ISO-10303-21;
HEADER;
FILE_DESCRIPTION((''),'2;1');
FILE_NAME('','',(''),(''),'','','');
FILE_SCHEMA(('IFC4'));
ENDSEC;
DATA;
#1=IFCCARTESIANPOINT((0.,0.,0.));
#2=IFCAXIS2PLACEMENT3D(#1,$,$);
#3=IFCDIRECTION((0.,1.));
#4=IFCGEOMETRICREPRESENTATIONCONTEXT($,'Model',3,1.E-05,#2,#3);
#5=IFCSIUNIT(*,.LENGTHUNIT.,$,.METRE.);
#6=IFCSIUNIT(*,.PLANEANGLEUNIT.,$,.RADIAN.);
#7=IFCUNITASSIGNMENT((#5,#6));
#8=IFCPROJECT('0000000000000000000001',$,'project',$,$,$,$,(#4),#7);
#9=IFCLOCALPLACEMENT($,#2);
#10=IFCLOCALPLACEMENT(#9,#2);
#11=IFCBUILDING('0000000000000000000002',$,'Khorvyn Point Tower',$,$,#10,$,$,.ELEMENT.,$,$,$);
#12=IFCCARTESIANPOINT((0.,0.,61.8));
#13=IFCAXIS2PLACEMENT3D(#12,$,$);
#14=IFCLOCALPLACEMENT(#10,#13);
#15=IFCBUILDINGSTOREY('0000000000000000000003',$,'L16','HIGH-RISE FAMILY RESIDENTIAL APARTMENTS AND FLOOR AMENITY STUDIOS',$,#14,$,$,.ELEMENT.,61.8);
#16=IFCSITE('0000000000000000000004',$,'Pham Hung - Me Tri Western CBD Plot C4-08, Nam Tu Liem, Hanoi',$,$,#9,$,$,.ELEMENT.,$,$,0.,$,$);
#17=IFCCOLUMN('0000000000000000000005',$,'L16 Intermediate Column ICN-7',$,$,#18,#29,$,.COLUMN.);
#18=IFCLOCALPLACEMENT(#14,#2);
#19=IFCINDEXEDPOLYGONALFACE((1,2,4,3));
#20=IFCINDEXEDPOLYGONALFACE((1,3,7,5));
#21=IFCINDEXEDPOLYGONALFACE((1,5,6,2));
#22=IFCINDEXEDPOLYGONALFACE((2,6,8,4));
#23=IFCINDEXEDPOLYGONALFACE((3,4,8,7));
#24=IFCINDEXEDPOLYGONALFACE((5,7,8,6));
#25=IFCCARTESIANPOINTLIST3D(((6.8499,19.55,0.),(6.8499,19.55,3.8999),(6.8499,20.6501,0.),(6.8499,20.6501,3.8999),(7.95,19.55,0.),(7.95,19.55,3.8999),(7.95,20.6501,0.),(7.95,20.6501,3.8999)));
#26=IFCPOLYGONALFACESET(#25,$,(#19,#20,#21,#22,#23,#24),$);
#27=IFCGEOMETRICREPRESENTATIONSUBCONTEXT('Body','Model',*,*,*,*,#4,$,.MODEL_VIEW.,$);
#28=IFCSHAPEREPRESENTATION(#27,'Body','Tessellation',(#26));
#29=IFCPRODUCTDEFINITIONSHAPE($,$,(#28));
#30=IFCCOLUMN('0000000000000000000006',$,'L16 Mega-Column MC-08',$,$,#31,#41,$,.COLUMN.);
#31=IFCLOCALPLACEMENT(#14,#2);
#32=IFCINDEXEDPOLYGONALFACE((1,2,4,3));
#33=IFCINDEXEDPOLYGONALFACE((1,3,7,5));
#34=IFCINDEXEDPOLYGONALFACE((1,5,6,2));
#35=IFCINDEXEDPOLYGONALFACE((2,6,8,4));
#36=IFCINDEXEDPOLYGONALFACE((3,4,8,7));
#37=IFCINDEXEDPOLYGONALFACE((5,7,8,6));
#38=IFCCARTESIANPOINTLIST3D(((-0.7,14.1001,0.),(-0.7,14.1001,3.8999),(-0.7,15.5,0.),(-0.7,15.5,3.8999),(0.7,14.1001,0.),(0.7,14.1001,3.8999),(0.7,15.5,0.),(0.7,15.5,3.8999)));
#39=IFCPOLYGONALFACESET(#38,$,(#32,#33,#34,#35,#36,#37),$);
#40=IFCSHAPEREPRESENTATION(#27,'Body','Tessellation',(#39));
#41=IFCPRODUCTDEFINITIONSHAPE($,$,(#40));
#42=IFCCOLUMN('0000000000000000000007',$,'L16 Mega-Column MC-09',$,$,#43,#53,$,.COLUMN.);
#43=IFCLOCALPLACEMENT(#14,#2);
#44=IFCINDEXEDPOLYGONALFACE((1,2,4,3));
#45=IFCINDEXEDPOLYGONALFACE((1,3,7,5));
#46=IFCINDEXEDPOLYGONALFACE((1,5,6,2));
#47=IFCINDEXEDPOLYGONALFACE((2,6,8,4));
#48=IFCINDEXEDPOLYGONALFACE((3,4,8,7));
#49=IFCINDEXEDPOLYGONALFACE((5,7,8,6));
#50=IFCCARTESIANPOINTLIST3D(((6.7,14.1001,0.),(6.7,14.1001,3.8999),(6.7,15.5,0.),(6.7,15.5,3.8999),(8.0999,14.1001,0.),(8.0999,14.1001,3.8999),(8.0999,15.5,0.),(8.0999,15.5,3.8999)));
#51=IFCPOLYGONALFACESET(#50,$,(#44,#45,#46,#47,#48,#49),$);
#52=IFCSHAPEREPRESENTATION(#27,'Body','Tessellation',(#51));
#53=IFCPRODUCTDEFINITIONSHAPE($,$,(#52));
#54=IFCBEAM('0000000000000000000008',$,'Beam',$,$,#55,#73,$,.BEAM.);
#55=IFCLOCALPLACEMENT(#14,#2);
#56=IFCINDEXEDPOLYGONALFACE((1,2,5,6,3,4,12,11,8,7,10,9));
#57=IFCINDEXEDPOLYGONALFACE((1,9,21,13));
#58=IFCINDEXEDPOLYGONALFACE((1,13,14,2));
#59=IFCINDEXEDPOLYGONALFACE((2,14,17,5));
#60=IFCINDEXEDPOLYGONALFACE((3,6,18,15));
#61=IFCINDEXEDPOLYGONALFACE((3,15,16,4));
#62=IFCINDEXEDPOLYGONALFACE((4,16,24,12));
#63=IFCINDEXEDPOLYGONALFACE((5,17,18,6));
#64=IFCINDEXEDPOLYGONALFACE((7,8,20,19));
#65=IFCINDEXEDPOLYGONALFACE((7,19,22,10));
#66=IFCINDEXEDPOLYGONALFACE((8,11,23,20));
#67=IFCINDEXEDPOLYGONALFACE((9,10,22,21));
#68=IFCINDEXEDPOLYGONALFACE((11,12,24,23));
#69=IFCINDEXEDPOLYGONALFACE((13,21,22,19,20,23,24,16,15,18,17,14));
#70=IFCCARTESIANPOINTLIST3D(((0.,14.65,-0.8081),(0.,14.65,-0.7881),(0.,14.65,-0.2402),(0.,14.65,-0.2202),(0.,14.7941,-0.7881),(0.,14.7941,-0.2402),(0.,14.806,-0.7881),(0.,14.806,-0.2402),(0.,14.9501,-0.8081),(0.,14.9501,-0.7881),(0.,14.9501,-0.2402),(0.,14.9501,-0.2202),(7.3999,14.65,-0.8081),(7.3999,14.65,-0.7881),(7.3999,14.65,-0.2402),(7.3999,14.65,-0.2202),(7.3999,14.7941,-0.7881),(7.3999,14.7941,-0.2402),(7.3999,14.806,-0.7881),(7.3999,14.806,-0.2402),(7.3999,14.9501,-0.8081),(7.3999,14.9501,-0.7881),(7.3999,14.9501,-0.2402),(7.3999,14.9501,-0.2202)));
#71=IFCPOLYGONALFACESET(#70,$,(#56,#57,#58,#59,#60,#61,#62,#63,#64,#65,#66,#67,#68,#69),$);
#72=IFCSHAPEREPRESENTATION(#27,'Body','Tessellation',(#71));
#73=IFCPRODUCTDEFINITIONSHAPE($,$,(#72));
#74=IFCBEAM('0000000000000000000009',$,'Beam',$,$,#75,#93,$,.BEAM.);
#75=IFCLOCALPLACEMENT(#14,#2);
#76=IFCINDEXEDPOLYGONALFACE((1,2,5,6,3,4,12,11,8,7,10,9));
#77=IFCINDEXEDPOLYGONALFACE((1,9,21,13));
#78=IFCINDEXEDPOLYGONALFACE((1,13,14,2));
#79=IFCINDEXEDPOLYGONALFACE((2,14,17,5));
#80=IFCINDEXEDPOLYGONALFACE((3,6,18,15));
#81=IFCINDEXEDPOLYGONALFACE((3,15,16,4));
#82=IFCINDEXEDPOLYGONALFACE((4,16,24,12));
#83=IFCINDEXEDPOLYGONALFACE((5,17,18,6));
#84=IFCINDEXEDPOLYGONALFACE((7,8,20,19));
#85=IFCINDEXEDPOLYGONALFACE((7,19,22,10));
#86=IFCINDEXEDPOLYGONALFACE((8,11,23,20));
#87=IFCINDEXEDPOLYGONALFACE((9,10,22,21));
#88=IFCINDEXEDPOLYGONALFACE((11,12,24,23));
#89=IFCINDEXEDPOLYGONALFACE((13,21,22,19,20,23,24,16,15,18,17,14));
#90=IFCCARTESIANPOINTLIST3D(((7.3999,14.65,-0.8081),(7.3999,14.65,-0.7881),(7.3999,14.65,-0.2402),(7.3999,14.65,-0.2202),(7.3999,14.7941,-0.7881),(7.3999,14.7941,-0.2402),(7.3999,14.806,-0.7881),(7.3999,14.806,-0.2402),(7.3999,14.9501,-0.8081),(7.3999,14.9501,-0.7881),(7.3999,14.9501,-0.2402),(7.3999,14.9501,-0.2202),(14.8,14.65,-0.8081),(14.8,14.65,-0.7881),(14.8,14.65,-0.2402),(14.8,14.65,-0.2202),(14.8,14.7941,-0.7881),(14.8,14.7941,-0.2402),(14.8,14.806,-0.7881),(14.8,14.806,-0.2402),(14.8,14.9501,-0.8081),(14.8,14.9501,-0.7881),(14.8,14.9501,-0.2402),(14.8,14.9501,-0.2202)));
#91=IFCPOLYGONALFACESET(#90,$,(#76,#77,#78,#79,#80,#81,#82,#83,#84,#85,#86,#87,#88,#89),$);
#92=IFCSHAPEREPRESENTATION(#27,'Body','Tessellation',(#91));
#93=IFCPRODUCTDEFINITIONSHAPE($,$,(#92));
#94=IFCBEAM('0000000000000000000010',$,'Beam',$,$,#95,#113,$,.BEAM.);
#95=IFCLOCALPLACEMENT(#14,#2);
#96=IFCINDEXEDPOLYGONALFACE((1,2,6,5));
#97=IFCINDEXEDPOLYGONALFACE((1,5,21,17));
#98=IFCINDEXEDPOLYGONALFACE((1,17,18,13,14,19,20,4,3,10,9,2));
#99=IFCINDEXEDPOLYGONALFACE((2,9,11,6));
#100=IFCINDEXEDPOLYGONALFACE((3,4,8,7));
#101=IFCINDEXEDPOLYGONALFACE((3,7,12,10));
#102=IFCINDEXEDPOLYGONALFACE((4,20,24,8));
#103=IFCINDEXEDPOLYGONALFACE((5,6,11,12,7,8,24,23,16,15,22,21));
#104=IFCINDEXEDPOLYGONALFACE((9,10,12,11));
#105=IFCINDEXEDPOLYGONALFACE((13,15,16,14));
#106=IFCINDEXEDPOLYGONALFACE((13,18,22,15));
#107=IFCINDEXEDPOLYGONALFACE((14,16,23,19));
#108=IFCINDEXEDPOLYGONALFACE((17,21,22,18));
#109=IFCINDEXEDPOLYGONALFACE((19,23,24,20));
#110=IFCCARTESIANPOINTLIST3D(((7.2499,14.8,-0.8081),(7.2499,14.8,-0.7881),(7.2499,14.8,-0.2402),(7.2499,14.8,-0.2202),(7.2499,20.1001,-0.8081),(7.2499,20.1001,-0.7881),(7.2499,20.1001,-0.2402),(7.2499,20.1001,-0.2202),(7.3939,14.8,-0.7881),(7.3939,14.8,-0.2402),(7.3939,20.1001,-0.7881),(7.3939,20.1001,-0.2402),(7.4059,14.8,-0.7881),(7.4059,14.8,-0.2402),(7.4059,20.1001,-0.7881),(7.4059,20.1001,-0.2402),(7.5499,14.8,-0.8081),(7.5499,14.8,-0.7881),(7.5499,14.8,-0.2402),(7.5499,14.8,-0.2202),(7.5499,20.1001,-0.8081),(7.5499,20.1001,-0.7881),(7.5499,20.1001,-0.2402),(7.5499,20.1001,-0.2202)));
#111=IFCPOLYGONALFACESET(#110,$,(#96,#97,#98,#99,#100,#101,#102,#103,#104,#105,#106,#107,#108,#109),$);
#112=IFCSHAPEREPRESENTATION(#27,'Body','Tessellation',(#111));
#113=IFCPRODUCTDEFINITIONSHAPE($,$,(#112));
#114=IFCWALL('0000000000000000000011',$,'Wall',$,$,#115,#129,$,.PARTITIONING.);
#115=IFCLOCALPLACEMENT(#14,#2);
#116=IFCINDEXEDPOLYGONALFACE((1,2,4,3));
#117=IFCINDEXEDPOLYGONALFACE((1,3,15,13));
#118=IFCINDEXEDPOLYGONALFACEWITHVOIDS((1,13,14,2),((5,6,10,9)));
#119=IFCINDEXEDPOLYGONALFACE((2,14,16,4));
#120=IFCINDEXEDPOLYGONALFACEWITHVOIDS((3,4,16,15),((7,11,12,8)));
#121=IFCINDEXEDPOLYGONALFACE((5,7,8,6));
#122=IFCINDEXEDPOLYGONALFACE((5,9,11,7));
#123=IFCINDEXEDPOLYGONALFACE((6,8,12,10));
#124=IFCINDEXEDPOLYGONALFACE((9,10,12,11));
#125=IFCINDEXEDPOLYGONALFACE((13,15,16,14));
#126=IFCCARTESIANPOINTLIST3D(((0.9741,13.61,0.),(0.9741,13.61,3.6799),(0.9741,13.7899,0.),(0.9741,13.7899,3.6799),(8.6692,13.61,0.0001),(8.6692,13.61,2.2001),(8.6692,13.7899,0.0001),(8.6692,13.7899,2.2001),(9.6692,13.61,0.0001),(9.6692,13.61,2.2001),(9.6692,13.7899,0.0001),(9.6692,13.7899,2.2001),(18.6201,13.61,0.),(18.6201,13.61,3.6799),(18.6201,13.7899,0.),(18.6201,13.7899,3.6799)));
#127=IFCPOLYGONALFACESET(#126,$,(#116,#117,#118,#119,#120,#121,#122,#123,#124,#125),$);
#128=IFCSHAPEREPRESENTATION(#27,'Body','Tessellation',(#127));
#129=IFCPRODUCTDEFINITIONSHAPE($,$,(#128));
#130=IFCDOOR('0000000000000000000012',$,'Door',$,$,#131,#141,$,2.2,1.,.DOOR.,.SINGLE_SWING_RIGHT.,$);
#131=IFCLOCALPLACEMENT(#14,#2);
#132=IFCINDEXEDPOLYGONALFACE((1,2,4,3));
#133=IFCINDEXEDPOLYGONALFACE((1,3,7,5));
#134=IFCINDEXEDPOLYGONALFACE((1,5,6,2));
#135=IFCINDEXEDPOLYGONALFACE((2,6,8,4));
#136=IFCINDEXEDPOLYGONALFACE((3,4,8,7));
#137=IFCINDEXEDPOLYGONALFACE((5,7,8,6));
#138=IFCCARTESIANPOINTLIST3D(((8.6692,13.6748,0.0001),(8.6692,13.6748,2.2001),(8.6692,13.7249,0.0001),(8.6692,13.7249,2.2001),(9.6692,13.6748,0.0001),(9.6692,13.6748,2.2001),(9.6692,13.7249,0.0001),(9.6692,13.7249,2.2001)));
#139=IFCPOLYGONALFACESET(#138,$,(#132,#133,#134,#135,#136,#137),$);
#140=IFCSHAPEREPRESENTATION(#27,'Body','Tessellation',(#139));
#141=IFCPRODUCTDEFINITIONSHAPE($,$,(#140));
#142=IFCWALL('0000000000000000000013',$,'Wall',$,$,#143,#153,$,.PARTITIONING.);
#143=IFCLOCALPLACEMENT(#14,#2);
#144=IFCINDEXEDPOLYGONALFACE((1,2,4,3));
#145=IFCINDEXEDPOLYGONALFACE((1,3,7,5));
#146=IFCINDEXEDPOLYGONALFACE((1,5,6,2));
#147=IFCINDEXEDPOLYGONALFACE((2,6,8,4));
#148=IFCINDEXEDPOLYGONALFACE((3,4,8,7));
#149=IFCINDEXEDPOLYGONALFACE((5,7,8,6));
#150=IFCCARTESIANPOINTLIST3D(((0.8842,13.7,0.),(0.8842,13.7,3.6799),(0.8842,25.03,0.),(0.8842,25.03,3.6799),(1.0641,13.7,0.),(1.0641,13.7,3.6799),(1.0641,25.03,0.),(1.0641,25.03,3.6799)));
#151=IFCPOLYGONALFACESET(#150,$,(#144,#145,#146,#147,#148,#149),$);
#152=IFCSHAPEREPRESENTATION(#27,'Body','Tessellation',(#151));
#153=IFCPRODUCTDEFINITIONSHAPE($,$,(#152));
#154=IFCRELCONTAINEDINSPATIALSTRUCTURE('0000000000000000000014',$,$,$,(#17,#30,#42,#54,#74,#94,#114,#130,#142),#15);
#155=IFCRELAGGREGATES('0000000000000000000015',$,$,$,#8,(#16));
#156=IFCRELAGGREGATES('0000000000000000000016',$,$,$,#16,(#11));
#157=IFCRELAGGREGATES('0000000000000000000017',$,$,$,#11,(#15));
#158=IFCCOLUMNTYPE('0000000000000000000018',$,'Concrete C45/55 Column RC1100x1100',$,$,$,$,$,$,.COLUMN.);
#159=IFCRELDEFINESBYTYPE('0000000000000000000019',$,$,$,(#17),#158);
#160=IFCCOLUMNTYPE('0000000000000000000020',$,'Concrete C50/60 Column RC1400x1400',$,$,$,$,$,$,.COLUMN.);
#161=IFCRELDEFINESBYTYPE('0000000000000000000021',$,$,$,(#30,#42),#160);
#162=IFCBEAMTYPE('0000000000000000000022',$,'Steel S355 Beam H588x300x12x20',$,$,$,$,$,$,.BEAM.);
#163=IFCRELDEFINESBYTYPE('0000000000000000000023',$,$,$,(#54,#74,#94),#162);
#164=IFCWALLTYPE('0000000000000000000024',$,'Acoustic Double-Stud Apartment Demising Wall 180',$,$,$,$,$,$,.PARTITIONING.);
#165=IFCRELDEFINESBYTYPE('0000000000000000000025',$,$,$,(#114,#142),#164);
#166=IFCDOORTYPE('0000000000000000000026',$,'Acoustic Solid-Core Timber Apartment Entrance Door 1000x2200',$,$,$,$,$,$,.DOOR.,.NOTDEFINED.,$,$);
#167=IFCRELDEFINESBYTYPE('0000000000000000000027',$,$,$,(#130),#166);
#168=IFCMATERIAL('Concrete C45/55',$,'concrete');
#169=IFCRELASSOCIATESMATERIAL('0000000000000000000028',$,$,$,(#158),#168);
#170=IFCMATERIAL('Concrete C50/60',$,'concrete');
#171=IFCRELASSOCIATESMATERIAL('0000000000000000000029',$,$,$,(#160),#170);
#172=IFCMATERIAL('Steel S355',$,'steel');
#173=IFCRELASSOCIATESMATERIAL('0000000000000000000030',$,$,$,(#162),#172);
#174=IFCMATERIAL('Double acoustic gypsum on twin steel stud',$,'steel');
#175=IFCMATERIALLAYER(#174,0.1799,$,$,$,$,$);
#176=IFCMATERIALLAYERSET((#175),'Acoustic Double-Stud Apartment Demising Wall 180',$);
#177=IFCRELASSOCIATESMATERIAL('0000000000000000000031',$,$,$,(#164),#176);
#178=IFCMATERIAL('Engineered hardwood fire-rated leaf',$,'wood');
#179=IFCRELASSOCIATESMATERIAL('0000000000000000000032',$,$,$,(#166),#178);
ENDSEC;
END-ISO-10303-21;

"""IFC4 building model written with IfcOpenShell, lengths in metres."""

from ifc_helpers import new_model, si_unit, direction, frame, frame_2d, origin, origin_2d, place, context, subcontext, project, spatial, rectangle, i_section, extrude, material, layer, layer_set, material_profile, profile_set, type_object, element, fill, save


model = new_model("IFC4")

# Units and contexts
model_context = context("Model", 3, precision=1e-05, world=origin(), true_north=direction((0.0, 1.0)))
body_context = subcontext(model_context, "Body", "Model", "MODEL_VIEW")
ifc_project = project(units=[si_unit("LENGTHUNIT", "METRE"), si_unit("PLANEANGLEUNIT", "RADIAN")], contexts=[model_context])

# Site, building, storey
site_placement = place(None, origin())
site = spatial("IfcSite", under=ifc_project, at=site_placement, Name="Pham Hung - Me Tri Western CBD Plot C4-08, Nam Tu Liem, Hanoi", CompositionType="ELEMENT", RefElevation=0.0)
building_placement = place(site_placement, origin())
building = spatial("IfcBuilding", under=site, at=building_placement, Name="Khorvyn Point Tower", CompositionType="ELEMENT")
storey_placement = place(building_placement, frame((0.0, 0.0, 61.8)))
storey = spatial("IfcBuildingStorey", under=building, at=storey_placement, Name="L16", Description="HIGH-RISE FAMILY RESIDENTIAL APARTMENTS AND FLOOR AMENITY STUDIOS", CompositionType="ELEMENT", Elevation=61.8)

# Columns
ifc_material_1 = material(Name="Concrete C45/55", Category="concrete")
ifc_material_profile_1 = material_profile(ifc_material_1, rectangle(XDim=1.1001, YDim=1.1001, at=origin_2d()))
ifc_profile_set_1 = profile_set([ifc_material_profile_1], Name="Concrete C45/55 RC1100x1100")
column_type_1 = type_object("IfcColumnType", Name="Concrete C45/55 Column RC1100x1100", PredefinedType="COLUMN", material=ifc_profile_set_1)
column_placement = place(storey_placement, frame((7.3999, 20.1001, 0.0), z_axis=(0.0, 0.0, 1.0), x_axis=(1.0, 0.0, 0.0)))
element("IfcColumn", 1, at=column_placement, inside=storey, type_object=column_type_1, Name="L16 Intermediate Column ICN-7", PredefinedType="COLUMN", context=body_context, shape_type="SweptSolid", body=[
    extrude(rectangle(XDim=1.1001, YDim=1.1001, at=origin_2d()), origin(), (0.0, 0.0, 1.0), 3.8999),
])
ifc_material_2 = material(Name="Concrete C50/60", Category="concrete")
ifc_material_profile_2 = material_profile(ifc_material_2, rectangle(XDim=1.3999, YDim=1.3999, at=origin_2d()))
ifc_profile_set_2 = profile_set([ifc_material_profile_2], Name="Concrete C50/60 RC1400x1400")
column_type_2 = type_object("IfcColumnType", Name="Concrete C50/60 Column RC1400x1400", PredefinedType="COLUMN", material=ifc_profile_set_2)
for number, where, z_axis, x_axis, name in (
    (2, (0.0, 14.8, 0.0), (0.0, 0.0, 1.0), (1.0, 0.0, 0.0), "L16 Mega-Column MC-08"),
    (3, (7.3999, 14.8, 0.0), (0.0, 0.0, 1.0), (1.0, 0.0, 0.0), "L16 Mega-Column MC-09"),
):
    element("IfcColumn", number, at=place(storey_placement, frame(where, z_axis=z_axis, x_axis=x_axis)), inside=storey, type_object=column_type_2, Name=name, PredefinedType="COLUMN", context=body_context, shape_type="SweptSolid", body=[
        extrude(rectangle(XDim=1.3999, YDim=1.3999, at=origin_2d()), origin(), (0.0, 0.0, 1.0), 3.8999),
    ])

# Beams
ifc_material_3 = material(Name="Steel S355", Category="steel")
ifc_material_profile_3 = material_profile(ifc_material_3, i_section(OverallWidth=0.3, OverallDepth=0.5879, WebThickness=0.012, FlangeThickness=0.02, at=origin_2d()))
ifc_profile_set_3 = profile_set([ifc_material_profile_3], Name="Steel S355 H588x300x12x20")
beam_type = type_object("IfcBeamType", Name="Steel S355 Beam H588x300x12x20", PredefinedType="BEAM", material=ifc_profile_set_3)
beam_1_placement = place(storey_placement, frame((0.0, 14.8, -0.5142), z_axis=(1.0, 0.0, 0.0), x_axis=(0.0, 1.0, 0.0)))
element("IfcBeam", 4, at=beam_1_placement, inside=storey, type_object=beam_type, Name="Beam", PredefinedType="BEAM", context=body_context, shape_type="SweptSolid", body=[
    extrude(i_section(OverallWidth=0.3, OverallDepth=0.5879, WebThickness=0.012, FlangeThickness=0.02, at=origin_2d()), origin(), (0.0, 0.0, 1.0), 7.3999),
])
beam_2_placement = place(storey_placement, frame((7.3999, 14.8, -0.5142), z_axis=(1.0, 0.0, 0.0), x_axis=(0.0, 1.0, 0.0)))
element("IfcBeam", 5, at=beam_2_placement, inside=storey, type_object=beam_type, Name="Beam", PredefinedType="BEAM", context=body_context, shape_type="SweptSolid", body=[
    extrude(i_section(OverallWidth=0.3, OverallDepth=0.5879, WebThickness=0.012, FlangeThickness=0.02, at=origin_2d()), origin(), (0.0, 0.0, 1.0), 7.4001),
])
beam_3_placement = place(storey_placement, frame((7.3999, 14.8, -0.5142), z_axis=(0.0, 1.0, 0.0), x_axis=(-1.0, 0.0, 0.0)))
element("IfcBeam", 6, at=beam_3_placement, inside=storey, type_object=beam_type, Name="Beam", PredefinedType="BEAM", context=body_context, shape_type="SweptSolid", body=[
    extrude(i_section(OverallWidth=0.3, OverallDepth=0.5879, WebThickness=0.012, FlangeThickness=0.02, at=origin_2d()), origin(), (0.0, 0.0, 1.0), 5.3),
])

# Wall, opening, door
ifc_material_4 = material(Name="Double acoustic gypsum on twin steel stud", Category="steel")
ifc_layer_1 = layer(ifc_material_4, 0.1799)
ifc_layer_set_1 = layer_set([ifc_layer_1], Name="Acoustic Double-Stud Apartment Demising Wall 180")
wall_type_1 = type_object("IfcWallType", Name="Acoustic Double-Stud Apartment Demising Wall 180", PredefinedType="PARTITIONING", material=ifc_layer_set_1)
wall_1_placement = place(storey_placement, frame((0.9741, 13.7, 0.0), z_axis=(0.0, 0.0, 1.0), x_axis=(1.0, 0.0, 0.0)))
wall_1 = element("IfcWall", 7, at=wall_1_placement, inside=storey, type_object=wall_type_1, Name="Wall", PredefinedType="PARTITIONING", context=body_context, shape_type="SweptSolid", body=[
    extrude(rectangle(XDim=17.646, YDim=0.1799, at=frame_2d((8.823, 0.0))), origin(), (0.0, 0.0, 1.0), 3.6799),
])
opening_1_placement = place(wall_1_placement, frame((7.6951, 0.0, 0.0)))
opening_1 = element("IfcOpeningElement", 8, at=opening_1_placement, cuts=wall_1, PredefinedType="OPENING", context=body_context, shape_type="SweptSolid", body=[
    extrude(rectangle(XDim=1.0, YDim=2.2, at=frame_2d((0.5, 1.1001))), frame((0.0, 0.0999, 0.0), z_axis=(0.0, -1.0, 0.0), x_axis=(1.0, 0.0, 0.0)), (0.0, 0.0, 1.0), 0.2),
])
ifc_material_5 = material(Name="Engineered hardwood fire-rated leaf", Category="wood")
door_type_1 = type_object("IfcDoorType", Name="Acoustic Solid-Core Timber Apartment Entrance Door 1000x2200", OperationType="NOTDEFINED", PredefinedType="DOOR", material=ifc_material_5)
door_1_placement = place(opening_1_placement, origin())
door_1 = element("IfcDoor", 9, at=door_1_placement, inside=storey, type_object=door_type_1, Name="Door", OperationType="SINGLE_SWING_RIGHT", OverallHeight=2.2, OverallWidth=1.0, PredefinedType="DOOR", context=body_context, shape_type="SweptSolid", body=[
    extrude(rectangle(XDim=1.0, YDim=2.2, at=frame_2d((0.5, 1.1001))), frame((0.0, 0.0249, 0.0), z_axis=(0.0, -1.0, 0.0), x_axis=(1.0, 0.0, 0.0)), (0.0, 0.0, 1.0), 0.05),
])
fill(opening_1, door_1)

# Wall
wall_2_placement = place(storey_placement, frame((0.9741, 13.7, 0.0), z_axis=(0.0, 0.0, 1.0), x_axis=(0.0, 1.0, 0.0)))
element("IfcWall", 10, at=wall_2_placement, inside=storey, type_object=wall_type_1, Name="Wall", PredefinedType="PARTITIONING", context=body_context, shape_type="SweptSolid", body=[
    extrude(rectangle(XDim=11.3301, YDim=0.1799, at=frame_2d((5.665, 0.0))), origin(), (0.0, 0.0, 1.0), 3.6799),
])

save(model, "model.ifc")
